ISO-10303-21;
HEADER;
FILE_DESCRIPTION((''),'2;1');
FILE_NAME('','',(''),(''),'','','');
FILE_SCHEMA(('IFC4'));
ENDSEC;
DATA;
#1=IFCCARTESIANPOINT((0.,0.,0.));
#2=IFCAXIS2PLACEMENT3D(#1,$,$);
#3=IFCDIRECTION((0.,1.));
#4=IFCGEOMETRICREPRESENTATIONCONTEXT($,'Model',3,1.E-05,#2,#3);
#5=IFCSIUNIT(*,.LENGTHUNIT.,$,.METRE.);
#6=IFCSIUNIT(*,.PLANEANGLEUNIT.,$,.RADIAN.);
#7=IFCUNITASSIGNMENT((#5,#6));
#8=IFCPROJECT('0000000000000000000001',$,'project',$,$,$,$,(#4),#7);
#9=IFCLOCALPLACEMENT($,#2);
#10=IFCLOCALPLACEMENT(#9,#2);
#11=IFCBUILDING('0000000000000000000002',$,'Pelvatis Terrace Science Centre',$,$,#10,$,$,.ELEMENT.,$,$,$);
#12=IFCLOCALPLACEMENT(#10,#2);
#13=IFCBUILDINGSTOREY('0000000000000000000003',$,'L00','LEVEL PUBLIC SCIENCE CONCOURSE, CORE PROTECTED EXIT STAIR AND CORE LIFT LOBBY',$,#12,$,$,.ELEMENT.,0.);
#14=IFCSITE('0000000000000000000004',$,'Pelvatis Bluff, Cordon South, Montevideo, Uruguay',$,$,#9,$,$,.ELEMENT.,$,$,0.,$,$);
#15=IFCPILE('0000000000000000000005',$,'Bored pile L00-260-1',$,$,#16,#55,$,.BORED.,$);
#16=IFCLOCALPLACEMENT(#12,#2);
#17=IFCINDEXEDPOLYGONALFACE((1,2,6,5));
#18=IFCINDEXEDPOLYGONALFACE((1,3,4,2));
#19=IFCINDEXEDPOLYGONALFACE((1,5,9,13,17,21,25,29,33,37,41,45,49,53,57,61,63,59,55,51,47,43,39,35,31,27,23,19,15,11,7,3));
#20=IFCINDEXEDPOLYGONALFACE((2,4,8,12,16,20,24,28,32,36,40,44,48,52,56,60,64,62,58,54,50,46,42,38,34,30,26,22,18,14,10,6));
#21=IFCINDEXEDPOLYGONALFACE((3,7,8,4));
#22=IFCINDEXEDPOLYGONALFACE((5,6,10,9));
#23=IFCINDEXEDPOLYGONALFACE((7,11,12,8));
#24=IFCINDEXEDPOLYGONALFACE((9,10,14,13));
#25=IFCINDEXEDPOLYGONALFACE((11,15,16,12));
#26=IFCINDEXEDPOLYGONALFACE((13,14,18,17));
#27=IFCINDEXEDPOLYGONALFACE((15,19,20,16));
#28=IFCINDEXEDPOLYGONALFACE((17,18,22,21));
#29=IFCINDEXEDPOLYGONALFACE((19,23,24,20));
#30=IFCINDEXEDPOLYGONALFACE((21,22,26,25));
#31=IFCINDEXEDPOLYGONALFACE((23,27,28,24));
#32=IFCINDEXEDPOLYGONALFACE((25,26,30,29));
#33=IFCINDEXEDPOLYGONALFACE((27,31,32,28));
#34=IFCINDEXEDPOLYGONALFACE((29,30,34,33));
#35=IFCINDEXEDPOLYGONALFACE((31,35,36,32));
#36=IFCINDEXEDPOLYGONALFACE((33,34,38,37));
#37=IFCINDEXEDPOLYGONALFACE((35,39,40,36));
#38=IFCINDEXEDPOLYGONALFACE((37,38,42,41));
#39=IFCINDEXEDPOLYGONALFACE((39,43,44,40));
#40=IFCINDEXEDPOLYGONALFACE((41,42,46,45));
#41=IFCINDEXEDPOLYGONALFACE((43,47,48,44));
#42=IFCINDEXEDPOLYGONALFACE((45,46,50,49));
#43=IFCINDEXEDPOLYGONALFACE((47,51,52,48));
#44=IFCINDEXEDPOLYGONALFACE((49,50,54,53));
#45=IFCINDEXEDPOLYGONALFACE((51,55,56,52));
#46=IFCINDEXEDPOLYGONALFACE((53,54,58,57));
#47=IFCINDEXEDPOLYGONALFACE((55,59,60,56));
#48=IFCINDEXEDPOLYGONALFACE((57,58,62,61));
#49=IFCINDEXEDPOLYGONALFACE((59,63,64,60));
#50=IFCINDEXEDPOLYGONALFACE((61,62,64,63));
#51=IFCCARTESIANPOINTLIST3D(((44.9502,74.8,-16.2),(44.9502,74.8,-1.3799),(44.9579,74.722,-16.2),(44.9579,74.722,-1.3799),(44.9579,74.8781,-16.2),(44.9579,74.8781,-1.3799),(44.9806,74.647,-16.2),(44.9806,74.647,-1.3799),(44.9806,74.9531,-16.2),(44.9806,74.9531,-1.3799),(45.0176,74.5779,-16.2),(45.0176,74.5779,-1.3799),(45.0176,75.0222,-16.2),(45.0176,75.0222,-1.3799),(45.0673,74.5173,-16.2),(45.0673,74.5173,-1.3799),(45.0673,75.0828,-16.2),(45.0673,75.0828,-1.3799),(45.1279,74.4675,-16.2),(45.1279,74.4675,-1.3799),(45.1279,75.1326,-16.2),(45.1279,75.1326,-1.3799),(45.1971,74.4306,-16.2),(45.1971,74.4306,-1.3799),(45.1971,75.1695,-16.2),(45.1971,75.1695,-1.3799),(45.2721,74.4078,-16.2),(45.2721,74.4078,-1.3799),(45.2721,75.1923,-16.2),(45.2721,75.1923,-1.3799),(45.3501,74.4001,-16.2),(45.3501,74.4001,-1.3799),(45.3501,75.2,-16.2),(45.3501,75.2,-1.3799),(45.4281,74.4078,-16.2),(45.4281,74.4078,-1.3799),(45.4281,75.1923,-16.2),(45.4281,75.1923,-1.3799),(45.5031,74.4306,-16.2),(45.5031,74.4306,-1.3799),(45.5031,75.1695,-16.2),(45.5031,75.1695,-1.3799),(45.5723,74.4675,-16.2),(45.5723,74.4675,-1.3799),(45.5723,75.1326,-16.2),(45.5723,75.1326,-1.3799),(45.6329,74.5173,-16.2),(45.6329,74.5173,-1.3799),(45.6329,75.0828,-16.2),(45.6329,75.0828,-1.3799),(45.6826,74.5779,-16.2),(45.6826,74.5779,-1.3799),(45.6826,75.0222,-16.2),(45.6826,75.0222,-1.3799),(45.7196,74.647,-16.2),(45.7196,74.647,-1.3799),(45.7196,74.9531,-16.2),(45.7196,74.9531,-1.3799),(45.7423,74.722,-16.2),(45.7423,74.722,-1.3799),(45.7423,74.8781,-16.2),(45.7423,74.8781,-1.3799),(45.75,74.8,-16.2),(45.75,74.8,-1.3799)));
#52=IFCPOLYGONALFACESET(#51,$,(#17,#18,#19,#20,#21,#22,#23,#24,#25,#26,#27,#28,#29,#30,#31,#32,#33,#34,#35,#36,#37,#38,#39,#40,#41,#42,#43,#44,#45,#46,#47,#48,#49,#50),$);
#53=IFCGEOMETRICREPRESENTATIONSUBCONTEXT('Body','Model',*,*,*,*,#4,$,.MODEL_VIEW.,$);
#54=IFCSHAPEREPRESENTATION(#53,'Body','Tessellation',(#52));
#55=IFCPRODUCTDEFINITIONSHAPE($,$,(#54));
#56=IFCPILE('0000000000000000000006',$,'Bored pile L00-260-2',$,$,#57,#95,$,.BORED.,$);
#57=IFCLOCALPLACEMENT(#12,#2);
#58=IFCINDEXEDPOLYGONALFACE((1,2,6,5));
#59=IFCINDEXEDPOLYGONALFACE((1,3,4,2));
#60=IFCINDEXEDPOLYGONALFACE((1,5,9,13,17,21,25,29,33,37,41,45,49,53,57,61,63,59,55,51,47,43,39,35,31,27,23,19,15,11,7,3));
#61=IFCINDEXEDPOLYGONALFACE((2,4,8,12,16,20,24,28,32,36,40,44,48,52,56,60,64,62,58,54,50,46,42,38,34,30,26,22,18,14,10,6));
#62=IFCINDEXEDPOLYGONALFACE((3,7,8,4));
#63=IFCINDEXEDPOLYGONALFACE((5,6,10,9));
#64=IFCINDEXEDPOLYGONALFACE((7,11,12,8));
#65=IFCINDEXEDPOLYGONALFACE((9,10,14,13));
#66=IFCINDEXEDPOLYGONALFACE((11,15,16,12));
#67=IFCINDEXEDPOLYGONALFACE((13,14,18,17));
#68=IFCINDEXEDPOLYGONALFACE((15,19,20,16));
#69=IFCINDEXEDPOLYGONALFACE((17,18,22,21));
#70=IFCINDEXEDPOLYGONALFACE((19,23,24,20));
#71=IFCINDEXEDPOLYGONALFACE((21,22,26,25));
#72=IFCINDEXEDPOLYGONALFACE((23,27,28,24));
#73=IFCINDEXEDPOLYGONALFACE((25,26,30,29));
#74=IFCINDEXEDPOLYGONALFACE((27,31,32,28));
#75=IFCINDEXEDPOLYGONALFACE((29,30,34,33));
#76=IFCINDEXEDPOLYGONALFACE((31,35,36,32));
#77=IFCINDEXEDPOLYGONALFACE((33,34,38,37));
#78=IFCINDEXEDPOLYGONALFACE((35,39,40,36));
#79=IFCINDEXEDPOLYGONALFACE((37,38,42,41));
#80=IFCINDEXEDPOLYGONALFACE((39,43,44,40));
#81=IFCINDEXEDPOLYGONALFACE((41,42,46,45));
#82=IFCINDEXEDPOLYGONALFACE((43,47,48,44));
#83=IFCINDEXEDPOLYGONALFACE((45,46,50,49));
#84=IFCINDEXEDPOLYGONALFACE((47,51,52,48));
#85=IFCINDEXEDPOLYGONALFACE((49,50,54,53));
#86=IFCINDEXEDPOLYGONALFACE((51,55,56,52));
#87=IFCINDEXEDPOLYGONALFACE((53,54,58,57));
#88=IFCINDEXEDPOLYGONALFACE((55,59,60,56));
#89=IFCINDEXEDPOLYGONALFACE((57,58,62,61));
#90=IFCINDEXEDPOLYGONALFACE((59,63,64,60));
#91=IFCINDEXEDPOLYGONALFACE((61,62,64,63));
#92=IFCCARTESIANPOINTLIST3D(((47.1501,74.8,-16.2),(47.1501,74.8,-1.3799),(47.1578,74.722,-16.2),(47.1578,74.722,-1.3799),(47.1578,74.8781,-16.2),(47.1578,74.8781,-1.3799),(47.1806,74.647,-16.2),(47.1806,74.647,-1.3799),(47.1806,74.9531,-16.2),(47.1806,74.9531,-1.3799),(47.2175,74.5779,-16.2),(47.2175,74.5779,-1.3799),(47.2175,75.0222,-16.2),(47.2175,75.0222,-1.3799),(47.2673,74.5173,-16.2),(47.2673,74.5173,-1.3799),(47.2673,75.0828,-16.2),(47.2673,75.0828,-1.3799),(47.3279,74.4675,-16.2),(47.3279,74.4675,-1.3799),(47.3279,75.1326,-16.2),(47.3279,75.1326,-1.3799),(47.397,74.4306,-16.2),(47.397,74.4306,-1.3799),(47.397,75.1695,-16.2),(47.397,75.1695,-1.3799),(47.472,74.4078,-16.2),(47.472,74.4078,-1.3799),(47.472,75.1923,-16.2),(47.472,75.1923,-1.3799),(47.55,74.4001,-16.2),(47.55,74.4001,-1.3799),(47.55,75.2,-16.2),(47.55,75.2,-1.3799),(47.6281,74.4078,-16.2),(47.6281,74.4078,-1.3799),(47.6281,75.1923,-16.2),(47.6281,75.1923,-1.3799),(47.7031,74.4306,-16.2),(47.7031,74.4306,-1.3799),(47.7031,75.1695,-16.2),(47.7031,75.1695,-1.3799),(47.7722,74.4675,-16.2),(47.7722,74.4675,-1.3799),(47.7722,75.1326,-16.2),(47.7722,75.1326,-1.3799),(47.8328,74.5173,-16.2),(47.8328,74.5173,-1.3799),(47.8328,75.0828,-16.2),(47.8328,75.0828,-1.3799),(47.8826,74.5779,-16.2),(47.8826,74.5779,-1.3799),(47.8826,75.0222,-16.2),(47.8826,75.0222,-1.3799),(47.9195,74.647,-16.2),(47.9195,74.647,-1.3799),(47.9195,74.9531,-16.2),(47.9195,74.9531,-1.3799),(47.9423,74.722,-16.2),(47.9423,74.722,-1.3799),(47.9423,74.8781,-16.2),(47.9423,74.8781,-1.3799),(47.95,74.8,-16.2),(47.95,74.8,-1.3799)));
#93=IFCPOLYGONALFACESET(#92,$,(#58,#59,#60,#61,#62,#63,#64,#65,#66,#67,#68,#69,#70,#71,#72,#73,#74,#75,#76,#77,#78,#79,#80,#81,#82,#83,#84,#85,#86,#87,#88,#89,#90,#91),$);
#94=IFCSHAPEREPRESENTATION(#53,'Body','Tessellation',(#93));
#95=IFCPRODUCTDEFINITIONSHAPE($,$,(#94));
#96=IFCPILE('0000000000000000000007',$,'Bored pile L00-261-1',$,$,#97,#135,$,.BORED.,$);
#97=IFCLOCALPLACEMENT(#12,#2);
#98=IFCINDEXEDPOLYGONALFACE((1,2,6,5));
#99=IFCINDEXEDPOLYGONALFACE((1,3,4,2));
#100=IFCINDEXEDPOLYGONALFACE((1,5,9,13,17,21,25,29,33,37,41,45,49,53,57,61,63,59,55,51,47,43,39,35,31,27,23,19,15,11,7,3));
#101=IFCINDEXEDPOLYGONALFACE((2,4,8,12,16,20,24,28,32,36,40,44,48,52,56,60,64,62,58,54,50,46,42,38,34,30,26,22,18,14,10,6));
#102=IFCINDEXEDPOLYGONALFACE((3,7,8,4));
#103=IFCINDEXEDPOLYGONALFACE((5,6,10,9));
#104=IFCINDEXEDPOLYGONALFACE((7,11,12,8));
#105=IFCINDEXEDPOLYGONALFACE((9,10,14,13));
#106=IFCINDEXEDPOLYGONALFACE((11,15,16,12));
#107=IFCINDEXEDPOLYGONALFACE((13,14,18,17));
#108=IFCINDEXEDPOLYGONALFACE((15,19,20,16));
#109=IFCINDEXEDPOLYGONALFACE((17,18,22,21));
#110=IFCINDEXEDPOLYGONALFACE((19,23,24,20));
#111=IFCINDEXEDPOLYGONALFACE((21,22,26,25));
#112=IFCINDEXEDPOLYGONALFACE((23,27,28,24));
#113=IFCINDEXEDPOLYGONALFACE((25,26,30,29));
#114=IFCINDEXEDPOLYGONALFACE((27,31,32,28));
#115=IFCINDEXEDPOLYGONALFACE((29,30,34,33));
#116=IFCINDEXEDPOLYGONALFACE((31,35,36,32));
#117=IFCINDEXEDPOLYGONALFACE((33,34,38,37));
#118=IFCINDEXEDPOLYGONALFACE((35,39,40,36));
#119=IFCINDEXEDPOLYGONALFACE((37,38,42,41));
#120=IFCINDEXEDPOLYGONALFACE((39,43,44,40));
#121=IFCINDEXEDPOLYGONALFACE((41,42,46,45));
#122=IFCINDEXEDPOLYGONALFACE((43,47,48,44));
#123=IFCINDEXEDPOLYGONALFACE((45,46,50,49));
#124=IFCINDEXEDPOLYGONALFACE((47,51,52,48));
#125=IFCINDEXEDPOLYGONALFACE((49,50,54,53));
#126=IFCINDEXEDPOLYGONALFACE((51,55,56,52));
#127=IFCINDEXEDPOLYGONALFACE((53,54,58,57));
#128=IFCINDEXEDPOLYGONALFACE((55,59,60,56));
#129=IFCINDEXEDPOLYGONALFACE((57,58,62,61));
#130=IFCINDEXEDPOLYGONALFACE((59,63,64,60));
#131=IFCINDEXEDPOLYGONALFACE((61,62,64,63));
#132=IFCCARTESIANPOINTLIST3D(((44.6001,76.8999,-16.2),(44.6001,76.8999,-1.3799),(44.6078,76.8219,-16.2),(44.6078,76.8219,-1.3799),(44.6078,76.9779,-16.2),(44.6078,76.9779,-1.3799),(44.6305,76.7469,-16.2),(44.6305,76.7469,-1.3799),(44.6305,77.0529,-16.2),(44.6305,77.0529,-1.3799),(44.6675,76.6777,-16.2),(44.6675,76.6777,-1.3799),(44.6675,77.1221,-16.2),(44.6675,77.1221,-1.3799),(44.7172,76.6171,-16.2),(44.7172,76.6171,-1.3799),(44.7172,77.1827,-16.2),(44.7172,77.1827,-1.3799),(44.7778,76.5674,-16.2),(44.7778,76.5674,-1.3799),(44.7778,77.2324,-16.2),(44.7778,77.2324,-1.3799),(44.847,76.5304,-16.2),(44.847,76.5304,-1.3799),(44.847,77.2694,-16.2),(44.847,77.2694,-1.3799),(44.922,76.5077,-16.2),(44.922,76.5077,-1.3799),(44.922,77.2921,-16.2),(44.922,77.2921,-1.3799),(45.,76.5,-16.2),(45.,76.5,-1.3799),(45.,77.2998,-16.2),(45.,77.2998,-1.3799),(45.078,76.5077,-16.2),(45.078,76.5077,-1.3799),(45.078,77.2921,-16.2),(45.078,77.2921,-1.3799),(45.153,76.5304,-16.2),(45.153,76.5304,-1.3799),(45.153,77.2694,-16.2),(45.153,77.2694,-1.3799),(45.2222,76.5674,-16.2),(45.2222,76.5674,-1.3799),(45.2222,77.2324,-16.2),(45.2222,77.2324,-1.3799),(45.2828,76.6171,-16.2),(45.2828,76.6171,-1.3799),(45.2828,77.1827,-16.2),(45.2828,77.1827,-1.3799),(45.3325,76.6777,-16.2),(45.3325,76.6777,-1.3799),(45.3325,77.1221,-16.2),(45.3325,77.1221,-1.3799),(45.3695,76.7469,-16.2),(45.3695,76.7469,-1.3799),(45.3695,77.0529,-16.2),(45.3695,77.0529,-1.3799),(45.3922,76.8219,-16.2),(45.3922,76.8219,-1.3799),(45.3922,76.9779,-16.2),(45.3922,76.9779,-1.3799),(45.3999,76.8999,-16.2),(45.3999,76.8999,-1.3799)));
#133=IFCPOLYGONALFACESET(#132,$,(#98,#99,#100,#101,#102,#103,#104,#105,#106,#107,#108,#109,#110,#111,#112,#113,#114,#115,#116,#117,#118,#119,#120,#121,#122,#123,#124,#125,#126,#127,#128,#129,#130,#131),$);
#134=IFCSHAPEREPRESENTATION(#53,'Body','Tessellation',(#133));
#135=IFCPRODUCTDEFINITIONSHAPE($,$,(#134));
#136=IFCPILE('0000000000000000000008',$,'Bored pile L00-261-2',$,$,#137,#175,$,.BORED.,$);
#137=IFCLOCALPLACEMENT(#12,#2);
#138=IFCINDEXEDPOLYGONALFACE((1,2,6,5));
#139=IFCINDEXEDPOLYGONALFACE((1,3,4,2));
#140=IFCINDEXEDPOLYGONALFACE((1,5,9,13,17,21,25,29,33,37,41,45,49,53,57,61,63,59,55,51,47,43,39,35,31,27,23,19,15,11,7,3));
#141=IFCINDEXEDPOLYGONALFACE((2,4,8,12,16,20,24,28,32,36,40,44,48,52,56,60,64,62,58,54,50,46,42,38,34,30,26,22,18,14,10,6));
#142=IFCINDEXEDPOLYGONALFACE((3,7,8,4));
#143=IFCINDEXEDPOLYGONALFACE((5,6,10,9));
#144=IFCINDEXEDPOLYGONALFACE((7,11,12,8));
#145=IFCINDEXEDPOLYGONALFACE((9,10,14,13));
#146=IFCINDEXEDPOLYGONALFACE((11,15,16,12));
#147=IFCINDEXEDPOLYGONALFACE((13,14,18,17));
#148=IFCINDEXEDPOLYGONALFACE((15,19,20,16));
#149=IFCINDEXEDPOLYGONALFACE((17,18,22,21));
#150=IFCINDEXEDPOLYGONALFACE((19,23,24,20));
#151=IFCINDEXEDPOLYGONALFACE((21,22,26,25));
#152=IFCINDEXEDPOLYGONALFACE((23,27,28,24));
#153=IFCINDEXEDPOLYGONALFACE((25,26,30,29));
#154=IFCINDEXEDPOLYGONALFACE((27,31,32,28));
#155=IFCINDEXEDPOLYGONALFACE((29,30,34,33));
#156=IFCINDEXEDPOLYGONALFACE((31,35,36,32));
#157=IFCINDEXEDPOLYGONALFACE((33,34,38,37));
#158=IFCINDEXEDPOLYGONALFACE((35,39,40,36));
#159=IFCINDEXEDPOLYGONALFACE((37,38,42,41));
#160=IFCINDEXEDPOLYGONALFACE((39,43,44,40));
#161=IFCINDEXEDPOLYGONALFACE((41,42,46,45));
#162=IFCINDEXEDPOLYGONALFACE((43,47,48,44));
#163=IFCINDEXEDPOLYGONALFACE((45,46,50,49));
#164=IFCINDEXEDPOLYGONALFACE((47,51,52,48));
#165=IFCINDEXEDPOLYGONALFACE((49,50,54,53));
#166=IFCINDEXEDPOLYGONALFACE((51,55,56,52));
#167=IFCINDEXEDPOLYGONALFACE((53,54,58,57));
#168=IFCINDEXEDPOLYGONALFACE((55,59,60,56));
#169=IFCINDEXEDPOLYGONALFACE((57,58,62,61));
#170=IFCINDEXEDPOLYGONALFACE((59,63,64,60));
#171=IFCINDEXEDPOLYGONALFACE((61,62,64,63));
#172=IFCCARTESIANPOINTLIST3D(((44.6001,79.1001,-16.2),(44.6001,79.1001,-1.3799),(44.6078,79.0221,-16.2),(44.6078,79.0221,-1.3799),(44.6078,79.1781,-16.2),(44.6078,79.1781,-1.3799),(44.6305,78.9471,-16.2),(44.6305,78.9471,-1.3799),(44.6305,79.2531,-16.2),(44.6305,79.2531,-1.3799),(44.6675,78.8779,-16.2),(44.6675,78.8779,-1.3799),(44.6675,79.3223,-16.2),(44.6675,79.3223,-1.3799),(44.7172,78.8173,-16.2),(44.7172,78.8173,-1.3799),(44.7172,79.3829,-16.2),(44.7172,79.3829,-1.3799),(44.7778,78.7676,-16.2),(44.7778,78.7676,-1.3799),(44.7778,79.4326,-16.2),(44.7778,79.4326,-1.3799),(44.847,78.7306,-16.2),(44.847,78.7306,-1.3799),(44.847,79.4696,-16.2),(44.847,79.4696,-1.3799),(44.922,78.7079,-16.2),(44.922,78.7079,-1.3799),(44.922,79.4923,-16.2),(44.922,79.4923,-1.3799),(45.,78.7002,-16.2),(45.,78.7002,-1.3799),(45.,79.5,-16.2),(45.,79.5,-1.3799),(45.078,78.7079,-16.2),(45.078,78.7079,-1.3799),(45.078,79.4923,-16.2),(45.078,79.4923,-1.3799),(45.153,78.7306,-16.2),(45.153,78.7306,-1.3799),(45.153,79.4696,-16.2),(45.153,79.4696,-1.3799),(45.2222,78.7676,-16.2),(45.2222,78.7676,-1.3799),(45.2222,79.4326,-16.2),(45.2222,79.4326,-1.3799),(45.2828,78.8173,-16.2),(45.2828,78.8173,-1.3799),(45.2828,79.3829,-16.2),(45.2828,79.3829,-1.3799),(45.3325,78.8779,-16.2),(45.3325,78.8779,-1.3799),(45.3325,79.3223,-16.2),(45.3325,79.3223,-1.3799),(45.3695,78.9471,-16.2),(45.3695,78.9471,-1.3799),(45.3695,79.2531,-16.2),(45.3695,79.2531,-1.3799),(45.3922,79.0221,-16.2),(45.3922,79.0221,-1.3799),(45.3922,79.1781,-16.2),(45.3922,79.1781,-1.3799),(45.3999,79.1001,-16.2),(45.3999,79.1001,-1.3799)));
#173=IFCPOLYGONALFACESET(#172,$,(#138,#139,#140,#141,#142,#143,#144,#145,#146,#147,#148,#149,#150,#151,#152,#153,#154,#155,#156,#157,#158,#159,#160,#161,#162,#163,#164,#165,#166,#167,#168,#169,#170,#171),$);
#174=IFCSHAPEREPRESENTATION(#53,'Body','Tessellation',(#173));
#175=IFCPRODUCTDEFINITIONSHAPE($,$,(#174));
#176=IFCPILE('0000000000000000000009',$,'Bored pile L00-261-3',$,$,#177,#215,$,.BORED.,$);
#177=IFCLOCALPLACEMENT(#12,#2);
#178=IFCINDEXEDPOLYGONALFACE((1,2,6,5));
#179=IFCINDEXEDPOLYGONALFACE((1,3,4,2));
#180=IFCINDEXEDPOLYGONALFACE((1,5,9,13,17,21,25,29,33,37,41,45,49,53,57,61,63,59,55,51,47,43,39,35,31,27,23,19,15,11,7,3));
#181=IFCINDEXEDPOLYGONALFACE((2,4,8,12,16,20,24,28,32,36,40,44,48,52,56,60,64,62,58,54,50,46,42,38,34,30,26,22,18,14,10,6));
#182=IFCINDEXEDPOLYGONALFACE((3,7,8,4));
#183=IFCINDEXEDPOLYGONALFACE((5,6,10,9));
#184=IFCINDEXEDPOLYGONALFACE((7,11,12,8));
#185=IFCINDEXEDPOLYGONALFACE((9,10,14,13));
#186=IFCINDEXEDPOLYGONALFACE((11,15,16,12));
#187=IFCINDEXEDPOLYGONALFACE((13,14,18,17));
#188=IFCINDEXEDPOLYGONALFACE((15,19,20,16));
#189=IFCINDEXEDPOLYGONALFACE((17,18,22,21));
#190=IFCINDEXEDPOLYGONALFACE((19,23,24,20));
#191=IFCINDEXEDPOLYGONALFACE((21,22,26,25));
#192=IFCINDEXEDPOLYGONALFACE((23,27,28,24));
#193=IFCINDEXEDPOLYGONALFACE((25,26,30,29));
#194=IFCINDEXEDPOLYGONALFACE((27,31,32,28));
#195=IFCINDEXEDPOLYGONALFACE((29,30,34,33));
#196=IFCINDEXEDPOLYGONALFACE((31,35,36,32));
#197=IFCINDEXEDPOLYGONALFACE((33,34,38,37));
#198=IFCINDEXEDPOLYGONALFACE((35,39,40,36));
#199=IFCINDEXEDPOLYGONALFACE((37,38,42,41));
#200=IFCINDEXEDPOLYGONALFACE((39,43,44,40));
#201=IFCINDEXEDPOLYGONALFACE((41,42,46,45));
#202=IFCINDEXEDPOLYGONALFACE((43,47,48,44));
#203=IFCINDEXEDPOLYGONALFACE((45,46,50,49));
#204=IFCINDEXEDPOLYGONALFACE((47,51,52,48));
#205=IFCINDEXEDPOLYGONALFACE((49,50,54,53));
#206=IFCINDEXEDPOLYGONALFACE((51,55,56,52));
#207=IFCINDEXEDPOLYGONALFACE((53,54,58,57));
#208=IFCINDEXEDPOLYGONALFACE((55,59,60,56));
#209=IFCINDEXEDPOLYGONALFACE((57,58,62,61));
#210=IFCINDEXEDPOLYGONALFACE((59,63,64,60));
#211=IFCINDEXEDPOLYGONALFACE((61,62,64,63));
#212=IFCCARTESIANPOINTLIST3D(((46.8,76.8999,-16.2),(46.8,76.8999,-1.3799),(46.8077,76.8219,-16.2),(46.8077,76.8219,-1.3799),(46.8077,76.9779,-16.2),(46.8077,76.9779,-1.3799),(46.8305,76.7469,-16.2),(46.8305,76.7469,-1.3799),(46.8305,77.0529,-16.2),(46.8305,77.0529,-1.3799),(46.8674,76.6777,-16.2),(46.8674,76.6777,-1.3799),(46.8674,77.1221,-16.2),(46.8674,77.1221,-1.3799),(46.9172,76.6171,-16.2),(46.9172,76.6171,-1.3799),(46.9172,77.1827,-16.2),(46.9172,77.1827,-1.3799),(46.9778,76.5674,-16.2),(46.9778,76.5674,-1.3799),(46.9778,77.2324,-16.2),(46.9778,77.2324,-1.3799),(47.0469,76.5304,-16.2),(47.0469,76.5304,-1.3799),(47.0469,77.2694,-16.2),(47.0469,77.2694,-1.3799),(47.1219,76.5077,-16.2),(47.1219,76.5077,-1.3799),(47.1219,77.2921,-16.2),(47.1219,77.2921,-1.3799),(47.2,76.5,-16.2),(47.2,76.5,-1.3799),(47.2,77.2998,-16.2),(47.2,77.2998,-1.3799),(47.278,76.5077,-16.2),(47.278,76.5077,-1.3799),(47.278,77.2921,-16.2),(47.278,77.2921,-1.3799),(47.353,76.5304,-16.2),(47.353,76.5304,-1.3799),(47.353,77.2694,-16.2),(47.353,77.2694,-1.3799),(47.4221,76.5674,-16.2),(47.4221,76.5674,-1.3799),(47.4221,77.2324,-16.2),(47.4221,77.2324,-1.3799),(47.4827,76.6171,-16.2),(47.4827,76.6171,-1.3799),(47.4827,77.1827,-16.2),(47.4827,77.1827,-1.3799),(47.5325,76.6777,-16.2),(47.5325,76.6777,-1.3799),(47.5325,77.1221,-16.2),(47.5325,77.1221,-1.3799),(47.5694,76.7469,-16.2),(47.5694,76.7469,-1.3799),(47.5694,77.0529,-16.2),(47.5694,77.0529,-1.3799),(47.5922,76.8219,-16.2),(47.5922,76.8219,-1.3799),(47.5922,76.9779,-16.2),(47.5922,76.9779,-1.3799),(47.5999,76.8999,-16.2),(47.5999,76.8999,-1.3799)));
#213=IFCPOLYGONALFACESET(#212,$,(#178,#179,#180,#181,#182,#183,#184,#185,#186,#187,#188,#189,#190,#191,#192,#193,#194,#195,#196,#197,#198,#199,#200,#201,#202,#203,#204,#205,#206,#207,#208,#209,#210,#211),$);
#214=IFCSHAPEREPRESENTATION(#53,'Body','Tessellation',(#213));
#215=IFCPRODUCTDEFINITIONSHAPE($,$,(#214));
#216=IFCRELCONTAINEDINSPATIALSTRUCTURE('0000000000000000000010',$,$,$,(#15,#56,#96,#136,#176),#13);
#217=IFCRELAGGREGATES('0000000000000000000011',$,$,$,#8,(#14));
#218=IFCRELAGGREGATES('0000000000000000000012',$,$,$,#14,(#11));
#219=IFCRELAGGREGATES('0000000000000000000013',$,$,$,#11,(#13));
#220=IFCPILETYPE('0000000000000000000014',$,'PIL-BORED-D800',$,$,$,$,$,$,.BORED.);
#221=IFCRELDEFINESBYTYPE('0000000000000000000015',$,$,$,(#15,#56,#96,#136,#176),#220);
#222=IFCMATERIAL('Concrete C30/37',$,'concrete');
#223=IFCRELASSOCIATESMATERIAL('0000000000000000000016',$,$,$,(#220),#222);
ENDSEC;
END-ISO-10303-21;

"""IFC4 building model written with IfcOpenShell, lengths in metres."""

from ifc_helpers import new_model, si_unit, direction, frame, origin, origin_2d, place, context, subcontext, project, spatial, circle, extrude, material, material_profile, profile_set, type_object, element, save


model = new_model("IFC4")

# Units and contexts
model_context = context("Model", 3, precision=1e-05, world=origin(), true_north=direction((0.0, 1.0)))
body_context = subcontext(model_context, "Body", "Model", "MODEL_VIEW")
ifc_project = project(units=[si_unit("LENGTHUNIT", "METRE"), si_unit("PLANEANGLEUNIT", "RADIAN")], contexts=[model_context])

# Site, building, storey
site_placement = place(None, origin())
site = spatial("IfcSite", under=ifc_project, at=site_placement, Name="Pelvatis Bluff, Cordon South, Montevideo, Uruguay", CompositionType="ELEMENT", RefElevation=0.0)
building_placement = place(site_placement, origin())
building = spatial("IfcBuilding", under=site, at=building_placement, Name="Pelvatis Terrace Science Centre", CompositionType="ELEMENT")
storey_placement = place(building_placement, origin())
storey = spatial("IfcBuildingStorey", under=building, at=storey_placement, Name="L00", Description="LEVEL PUBLIC SCIENCE CONCOURSE, CORE PROTECTED EXIT STAIR AND CORE LIFT LOBBY", CompositionType="ELEMENT", Elevation=0.0)

# Piles
ifc_material_1 = material(Name="Concrete C30/37", Category="concrete")
ifc_material_profile_1 = material_profile(ifc_material_1, circle(Radius=0.3999, at=origin_2d()), Name="PILE D800")
ifc_profile_set_1 = profile_set([ifc_material_profile_1], Name="Concrete C30/37")
pile_type = type_object("IfcPileType", Name="PIL-BORED-D800", PredefinedType="BORED", material=ifc_profile_set_1)
for number, where, z_axis, x_axis, name in (
    (1, (45.3501, 74.8, -1.3799), (0.0, 0.0, -1.0), (1.0, 0.0, 0.0), "Bored pile L00-260-1"),
    (2, (47.55, 74.8, -1.3799), (0.0, 0.0, -1.0), (1.0, 0.0, 0.0), "Bored pile L00-260-2"),
    (3, (45.0, 76.8999, -1.3799), (0.0, 0.0, -1.0), (1.0, 0.0, 0.0), "Bored pile L00-261-1"),
    (4, (45.0, 79.1001, -1.3799), (0.0, 0.0, -1.0), (1.0, 0.0, 0.0), "Bored pile L00-261-2"),
    (5, (47.2, 76.8999, -1.3799), (0.0, 0.0, -1.0), (1.0, 0.0, 0.0), "Bored pile L00-261-3"),
):
    element("IfcPile", number, at=place(storey_placement, frame(where, z_axis=z_axis, x_axis=x_axis)), inside=storey, type_object=pile_type, Name=name, PredefinedType="BORED", context=body_context, shape_type="SweptSolid", body=[
        extrude(circle(Radius=0.3999, at=origin_2d()), origin(), (0.0, 0.0, 1.0), 14.8201),
    ])

save(model, "model.ifc")
